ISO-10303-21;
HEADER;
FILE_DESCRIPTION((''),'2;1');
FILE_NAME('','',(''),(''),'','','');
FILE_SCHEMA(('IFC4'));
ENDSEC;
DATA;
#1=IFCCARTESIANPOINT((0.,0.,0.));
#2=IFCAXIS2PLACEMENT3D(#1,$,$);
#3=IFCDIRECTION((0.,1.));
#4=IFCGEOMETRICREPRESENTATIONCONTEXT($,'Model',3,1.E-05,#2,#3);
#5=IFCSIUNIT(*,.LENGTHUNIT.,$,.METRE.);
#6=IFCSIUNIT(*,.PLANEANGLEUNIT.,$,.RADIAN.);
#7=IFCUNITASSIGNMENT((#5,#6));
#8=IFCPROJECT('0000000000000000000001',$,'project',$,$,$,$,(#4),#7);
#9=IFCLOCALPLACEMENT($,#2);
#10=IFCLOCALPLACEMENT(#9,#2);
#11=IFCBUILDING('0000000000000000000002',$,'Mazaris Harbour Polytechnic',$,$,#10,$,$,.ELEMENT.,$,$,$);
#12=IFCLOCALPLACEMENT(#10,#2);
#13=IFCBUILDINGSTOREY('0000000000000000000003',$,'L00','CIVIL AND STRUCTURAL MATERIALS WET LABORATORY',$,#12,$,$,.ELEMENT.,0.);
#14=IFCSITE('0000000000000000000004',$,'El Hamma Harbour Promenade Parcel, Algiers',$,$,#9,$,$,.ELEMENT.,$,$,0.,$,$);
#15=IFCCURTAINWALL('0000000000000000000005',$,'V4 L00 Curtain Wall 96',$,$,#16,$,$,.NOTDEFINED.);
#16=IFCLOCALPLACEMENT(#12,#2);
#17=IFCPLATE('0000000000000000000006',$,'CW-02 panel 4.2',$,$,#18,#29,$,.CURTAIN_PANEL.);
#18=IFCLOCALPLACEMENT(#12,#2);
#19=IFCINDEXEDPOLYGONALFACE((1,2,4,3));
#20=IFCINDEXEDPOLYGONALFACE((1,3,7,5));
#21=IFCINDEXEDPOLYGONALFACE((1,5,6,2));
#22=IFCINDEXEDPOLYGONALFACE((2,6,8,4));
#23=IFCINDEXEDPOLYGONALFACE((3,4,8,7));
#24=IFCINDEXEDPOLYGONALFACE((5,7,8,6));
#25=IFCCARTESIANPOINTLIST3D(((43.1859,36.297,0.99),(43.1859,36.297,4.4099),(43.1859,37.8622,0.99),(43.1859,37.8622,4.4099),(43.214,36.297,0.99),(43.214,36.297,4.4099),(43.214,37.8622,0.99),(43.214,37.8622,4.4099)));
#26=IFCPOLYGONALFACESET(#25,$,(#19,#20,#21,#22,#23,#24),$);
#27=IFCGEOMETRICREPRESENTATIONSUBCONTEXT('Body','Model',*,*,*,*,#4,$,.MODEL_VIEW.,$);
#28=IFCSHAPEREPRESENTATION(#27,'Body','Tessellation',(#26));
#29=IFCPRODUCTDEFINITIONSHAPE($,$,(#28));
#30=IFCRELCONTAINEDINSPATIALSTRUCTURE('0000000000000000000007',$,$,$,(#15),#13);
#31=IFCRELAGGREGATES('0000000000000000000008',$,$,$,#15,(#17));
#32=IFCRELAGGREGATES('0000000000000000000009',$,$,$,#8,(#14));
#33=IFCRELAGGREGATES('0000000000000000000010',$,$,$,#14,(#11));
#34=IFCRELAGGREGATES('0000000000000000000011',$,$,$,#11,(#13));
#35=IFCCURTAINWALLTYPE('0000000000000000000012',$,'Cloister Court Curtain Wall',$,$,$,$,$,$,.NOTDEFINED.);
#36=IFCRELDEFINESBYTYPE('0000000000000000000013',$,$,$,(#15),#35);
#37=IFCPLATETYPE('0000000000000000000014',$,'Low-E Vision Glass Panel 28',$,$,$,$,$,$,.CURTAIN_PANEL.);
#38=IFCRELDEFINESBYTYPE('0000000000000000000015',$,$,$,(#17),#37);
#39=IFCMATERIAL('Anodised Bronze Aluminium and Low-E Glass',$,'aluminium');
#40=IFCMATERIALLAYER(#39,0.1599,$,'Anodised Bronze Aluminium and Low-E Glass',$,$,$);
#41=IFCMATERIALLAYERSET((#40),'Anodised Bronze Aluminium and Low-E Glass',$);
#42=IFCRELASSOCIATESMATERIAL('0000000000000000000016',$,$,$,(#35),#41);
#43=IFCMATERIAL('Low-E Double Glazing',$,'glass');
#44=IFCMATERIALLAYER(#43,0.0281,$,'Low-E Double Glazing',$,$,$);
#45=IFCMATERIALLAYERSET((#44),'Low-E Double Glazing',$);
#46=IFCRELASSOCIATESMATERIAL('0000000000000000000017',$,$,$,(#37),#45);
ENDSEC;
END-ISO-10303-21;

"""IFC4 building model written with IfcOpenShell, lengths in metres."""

from ifc_helpers import new_model, si_unit, direction, frame, origin, origin_2d, place, context, subcontext, project, spatial, rectangle, extrude, material, layer, layer_set, type_object, element, aggregate, save


model = new_model("IFC4")

# Units and contexts
model_context = context("Model", 3, precision=1e-05, world=origin(), true_north=direction((0.0, 1.0)))
body_context = subcontext(model_context, "Body", "Model", "MODEL_VIEW")
ifc_project = project(units=[si_unit("LENGTHUNIT", "METRE"), si_unit("PLANEANGLEUNIT", "RADIAN")], contexts=[model_context])

# Site, building, storey
site_placement = place(None, origin())
site = spatial("IfcSite", under=ifc_project, at=site_placement, Name="El Hamma Harbour Promenade Parcel, Algiers", CompositionType="ELEMENT", RefElevation=0.0)
building_placement = place(site_placement, origin())
building = spatial("IfcBuilding", under=site, at=building_placement, Name="Mazaris Harbour Polytechnic", CompositionType="ELEMENT")
storey_placement = place(building_placement, origin())
storey = spatial("IfcBuildingStorey", under=building, at=storey_placement, Name="L00", Description="CIVIL AND STRUCTURAL MATERIALS WET LABORATORY", CompositionType="ELEMENT", Elevation=0.0)

# Curtain wall
ifc_material_1 = material(Name="Anodised Bronze Aluminium and Low-E Glass", Category="aluminium")
ifc_layer_1 = layer(ifc_material_1, 0.1599, Name="Anodised Bronze Aluminium and Low-E Glass")
ifc_layer_set_1 = layer_set([ifc_layer_1], Name="Anodised Bronze Aluminium and Low-E Glass")
curtain_wall_type = type_object("IfcCurtainWallType", Name="Cloister Court Curtain Wall", PredefinedType="NOTDEFINED", material=ifc_layer_set_1)
curtain_wall_placement = place(storey_placement, origin())
curtain_wall = element("IfcCurtainWall", 1, at=curtain_wall_placement, inside=storey, type_object=curtain_wall_type, Name="V4 L00 Curtain Wall 96", PredefinedType="NOTDEFINED")

# Plate
ifc_material_2 = material(Name="Low-E Double Glazing", Category="glass")
ifc_layer_2 = layer(ifc_material_2, 0.0281, Name="Low-E Double Glazing")
ifc_layer_set_2 = layer_set([ifc_layer_2], Name="Low-E Double Glazing")
plate_type = type_object("IfcPlateType", Name="Low-E Vision Glass Panel 28", PredefinedType="CURTAIN_PANEL", material=ifc_layer_set_2)
plate_1_placement = place(storey_placement, frame((43.2, 37.0796, 0.99), z_axis=(0.0, 0.0, 1.0), x_axis=(0.0, -1.0, 0.0)))
plate_1 = element("IfcPlate", 2, at=plate_1_placement, type_object=plate_type, Name="CW-02 panel 4.2", PredefinedType="CURTAIN_PANEL", context=body_context, shape_type="SweptSolid", body=[
    extrude(rectangle(XDim=1.5652, YDim=0.0281, at=origin_2d()), origin(), (0.0, 0.0, 1.0), 3.4199),
])
aggregate(curtain_wall, [plate_1])

save(model, "model.ifc")
